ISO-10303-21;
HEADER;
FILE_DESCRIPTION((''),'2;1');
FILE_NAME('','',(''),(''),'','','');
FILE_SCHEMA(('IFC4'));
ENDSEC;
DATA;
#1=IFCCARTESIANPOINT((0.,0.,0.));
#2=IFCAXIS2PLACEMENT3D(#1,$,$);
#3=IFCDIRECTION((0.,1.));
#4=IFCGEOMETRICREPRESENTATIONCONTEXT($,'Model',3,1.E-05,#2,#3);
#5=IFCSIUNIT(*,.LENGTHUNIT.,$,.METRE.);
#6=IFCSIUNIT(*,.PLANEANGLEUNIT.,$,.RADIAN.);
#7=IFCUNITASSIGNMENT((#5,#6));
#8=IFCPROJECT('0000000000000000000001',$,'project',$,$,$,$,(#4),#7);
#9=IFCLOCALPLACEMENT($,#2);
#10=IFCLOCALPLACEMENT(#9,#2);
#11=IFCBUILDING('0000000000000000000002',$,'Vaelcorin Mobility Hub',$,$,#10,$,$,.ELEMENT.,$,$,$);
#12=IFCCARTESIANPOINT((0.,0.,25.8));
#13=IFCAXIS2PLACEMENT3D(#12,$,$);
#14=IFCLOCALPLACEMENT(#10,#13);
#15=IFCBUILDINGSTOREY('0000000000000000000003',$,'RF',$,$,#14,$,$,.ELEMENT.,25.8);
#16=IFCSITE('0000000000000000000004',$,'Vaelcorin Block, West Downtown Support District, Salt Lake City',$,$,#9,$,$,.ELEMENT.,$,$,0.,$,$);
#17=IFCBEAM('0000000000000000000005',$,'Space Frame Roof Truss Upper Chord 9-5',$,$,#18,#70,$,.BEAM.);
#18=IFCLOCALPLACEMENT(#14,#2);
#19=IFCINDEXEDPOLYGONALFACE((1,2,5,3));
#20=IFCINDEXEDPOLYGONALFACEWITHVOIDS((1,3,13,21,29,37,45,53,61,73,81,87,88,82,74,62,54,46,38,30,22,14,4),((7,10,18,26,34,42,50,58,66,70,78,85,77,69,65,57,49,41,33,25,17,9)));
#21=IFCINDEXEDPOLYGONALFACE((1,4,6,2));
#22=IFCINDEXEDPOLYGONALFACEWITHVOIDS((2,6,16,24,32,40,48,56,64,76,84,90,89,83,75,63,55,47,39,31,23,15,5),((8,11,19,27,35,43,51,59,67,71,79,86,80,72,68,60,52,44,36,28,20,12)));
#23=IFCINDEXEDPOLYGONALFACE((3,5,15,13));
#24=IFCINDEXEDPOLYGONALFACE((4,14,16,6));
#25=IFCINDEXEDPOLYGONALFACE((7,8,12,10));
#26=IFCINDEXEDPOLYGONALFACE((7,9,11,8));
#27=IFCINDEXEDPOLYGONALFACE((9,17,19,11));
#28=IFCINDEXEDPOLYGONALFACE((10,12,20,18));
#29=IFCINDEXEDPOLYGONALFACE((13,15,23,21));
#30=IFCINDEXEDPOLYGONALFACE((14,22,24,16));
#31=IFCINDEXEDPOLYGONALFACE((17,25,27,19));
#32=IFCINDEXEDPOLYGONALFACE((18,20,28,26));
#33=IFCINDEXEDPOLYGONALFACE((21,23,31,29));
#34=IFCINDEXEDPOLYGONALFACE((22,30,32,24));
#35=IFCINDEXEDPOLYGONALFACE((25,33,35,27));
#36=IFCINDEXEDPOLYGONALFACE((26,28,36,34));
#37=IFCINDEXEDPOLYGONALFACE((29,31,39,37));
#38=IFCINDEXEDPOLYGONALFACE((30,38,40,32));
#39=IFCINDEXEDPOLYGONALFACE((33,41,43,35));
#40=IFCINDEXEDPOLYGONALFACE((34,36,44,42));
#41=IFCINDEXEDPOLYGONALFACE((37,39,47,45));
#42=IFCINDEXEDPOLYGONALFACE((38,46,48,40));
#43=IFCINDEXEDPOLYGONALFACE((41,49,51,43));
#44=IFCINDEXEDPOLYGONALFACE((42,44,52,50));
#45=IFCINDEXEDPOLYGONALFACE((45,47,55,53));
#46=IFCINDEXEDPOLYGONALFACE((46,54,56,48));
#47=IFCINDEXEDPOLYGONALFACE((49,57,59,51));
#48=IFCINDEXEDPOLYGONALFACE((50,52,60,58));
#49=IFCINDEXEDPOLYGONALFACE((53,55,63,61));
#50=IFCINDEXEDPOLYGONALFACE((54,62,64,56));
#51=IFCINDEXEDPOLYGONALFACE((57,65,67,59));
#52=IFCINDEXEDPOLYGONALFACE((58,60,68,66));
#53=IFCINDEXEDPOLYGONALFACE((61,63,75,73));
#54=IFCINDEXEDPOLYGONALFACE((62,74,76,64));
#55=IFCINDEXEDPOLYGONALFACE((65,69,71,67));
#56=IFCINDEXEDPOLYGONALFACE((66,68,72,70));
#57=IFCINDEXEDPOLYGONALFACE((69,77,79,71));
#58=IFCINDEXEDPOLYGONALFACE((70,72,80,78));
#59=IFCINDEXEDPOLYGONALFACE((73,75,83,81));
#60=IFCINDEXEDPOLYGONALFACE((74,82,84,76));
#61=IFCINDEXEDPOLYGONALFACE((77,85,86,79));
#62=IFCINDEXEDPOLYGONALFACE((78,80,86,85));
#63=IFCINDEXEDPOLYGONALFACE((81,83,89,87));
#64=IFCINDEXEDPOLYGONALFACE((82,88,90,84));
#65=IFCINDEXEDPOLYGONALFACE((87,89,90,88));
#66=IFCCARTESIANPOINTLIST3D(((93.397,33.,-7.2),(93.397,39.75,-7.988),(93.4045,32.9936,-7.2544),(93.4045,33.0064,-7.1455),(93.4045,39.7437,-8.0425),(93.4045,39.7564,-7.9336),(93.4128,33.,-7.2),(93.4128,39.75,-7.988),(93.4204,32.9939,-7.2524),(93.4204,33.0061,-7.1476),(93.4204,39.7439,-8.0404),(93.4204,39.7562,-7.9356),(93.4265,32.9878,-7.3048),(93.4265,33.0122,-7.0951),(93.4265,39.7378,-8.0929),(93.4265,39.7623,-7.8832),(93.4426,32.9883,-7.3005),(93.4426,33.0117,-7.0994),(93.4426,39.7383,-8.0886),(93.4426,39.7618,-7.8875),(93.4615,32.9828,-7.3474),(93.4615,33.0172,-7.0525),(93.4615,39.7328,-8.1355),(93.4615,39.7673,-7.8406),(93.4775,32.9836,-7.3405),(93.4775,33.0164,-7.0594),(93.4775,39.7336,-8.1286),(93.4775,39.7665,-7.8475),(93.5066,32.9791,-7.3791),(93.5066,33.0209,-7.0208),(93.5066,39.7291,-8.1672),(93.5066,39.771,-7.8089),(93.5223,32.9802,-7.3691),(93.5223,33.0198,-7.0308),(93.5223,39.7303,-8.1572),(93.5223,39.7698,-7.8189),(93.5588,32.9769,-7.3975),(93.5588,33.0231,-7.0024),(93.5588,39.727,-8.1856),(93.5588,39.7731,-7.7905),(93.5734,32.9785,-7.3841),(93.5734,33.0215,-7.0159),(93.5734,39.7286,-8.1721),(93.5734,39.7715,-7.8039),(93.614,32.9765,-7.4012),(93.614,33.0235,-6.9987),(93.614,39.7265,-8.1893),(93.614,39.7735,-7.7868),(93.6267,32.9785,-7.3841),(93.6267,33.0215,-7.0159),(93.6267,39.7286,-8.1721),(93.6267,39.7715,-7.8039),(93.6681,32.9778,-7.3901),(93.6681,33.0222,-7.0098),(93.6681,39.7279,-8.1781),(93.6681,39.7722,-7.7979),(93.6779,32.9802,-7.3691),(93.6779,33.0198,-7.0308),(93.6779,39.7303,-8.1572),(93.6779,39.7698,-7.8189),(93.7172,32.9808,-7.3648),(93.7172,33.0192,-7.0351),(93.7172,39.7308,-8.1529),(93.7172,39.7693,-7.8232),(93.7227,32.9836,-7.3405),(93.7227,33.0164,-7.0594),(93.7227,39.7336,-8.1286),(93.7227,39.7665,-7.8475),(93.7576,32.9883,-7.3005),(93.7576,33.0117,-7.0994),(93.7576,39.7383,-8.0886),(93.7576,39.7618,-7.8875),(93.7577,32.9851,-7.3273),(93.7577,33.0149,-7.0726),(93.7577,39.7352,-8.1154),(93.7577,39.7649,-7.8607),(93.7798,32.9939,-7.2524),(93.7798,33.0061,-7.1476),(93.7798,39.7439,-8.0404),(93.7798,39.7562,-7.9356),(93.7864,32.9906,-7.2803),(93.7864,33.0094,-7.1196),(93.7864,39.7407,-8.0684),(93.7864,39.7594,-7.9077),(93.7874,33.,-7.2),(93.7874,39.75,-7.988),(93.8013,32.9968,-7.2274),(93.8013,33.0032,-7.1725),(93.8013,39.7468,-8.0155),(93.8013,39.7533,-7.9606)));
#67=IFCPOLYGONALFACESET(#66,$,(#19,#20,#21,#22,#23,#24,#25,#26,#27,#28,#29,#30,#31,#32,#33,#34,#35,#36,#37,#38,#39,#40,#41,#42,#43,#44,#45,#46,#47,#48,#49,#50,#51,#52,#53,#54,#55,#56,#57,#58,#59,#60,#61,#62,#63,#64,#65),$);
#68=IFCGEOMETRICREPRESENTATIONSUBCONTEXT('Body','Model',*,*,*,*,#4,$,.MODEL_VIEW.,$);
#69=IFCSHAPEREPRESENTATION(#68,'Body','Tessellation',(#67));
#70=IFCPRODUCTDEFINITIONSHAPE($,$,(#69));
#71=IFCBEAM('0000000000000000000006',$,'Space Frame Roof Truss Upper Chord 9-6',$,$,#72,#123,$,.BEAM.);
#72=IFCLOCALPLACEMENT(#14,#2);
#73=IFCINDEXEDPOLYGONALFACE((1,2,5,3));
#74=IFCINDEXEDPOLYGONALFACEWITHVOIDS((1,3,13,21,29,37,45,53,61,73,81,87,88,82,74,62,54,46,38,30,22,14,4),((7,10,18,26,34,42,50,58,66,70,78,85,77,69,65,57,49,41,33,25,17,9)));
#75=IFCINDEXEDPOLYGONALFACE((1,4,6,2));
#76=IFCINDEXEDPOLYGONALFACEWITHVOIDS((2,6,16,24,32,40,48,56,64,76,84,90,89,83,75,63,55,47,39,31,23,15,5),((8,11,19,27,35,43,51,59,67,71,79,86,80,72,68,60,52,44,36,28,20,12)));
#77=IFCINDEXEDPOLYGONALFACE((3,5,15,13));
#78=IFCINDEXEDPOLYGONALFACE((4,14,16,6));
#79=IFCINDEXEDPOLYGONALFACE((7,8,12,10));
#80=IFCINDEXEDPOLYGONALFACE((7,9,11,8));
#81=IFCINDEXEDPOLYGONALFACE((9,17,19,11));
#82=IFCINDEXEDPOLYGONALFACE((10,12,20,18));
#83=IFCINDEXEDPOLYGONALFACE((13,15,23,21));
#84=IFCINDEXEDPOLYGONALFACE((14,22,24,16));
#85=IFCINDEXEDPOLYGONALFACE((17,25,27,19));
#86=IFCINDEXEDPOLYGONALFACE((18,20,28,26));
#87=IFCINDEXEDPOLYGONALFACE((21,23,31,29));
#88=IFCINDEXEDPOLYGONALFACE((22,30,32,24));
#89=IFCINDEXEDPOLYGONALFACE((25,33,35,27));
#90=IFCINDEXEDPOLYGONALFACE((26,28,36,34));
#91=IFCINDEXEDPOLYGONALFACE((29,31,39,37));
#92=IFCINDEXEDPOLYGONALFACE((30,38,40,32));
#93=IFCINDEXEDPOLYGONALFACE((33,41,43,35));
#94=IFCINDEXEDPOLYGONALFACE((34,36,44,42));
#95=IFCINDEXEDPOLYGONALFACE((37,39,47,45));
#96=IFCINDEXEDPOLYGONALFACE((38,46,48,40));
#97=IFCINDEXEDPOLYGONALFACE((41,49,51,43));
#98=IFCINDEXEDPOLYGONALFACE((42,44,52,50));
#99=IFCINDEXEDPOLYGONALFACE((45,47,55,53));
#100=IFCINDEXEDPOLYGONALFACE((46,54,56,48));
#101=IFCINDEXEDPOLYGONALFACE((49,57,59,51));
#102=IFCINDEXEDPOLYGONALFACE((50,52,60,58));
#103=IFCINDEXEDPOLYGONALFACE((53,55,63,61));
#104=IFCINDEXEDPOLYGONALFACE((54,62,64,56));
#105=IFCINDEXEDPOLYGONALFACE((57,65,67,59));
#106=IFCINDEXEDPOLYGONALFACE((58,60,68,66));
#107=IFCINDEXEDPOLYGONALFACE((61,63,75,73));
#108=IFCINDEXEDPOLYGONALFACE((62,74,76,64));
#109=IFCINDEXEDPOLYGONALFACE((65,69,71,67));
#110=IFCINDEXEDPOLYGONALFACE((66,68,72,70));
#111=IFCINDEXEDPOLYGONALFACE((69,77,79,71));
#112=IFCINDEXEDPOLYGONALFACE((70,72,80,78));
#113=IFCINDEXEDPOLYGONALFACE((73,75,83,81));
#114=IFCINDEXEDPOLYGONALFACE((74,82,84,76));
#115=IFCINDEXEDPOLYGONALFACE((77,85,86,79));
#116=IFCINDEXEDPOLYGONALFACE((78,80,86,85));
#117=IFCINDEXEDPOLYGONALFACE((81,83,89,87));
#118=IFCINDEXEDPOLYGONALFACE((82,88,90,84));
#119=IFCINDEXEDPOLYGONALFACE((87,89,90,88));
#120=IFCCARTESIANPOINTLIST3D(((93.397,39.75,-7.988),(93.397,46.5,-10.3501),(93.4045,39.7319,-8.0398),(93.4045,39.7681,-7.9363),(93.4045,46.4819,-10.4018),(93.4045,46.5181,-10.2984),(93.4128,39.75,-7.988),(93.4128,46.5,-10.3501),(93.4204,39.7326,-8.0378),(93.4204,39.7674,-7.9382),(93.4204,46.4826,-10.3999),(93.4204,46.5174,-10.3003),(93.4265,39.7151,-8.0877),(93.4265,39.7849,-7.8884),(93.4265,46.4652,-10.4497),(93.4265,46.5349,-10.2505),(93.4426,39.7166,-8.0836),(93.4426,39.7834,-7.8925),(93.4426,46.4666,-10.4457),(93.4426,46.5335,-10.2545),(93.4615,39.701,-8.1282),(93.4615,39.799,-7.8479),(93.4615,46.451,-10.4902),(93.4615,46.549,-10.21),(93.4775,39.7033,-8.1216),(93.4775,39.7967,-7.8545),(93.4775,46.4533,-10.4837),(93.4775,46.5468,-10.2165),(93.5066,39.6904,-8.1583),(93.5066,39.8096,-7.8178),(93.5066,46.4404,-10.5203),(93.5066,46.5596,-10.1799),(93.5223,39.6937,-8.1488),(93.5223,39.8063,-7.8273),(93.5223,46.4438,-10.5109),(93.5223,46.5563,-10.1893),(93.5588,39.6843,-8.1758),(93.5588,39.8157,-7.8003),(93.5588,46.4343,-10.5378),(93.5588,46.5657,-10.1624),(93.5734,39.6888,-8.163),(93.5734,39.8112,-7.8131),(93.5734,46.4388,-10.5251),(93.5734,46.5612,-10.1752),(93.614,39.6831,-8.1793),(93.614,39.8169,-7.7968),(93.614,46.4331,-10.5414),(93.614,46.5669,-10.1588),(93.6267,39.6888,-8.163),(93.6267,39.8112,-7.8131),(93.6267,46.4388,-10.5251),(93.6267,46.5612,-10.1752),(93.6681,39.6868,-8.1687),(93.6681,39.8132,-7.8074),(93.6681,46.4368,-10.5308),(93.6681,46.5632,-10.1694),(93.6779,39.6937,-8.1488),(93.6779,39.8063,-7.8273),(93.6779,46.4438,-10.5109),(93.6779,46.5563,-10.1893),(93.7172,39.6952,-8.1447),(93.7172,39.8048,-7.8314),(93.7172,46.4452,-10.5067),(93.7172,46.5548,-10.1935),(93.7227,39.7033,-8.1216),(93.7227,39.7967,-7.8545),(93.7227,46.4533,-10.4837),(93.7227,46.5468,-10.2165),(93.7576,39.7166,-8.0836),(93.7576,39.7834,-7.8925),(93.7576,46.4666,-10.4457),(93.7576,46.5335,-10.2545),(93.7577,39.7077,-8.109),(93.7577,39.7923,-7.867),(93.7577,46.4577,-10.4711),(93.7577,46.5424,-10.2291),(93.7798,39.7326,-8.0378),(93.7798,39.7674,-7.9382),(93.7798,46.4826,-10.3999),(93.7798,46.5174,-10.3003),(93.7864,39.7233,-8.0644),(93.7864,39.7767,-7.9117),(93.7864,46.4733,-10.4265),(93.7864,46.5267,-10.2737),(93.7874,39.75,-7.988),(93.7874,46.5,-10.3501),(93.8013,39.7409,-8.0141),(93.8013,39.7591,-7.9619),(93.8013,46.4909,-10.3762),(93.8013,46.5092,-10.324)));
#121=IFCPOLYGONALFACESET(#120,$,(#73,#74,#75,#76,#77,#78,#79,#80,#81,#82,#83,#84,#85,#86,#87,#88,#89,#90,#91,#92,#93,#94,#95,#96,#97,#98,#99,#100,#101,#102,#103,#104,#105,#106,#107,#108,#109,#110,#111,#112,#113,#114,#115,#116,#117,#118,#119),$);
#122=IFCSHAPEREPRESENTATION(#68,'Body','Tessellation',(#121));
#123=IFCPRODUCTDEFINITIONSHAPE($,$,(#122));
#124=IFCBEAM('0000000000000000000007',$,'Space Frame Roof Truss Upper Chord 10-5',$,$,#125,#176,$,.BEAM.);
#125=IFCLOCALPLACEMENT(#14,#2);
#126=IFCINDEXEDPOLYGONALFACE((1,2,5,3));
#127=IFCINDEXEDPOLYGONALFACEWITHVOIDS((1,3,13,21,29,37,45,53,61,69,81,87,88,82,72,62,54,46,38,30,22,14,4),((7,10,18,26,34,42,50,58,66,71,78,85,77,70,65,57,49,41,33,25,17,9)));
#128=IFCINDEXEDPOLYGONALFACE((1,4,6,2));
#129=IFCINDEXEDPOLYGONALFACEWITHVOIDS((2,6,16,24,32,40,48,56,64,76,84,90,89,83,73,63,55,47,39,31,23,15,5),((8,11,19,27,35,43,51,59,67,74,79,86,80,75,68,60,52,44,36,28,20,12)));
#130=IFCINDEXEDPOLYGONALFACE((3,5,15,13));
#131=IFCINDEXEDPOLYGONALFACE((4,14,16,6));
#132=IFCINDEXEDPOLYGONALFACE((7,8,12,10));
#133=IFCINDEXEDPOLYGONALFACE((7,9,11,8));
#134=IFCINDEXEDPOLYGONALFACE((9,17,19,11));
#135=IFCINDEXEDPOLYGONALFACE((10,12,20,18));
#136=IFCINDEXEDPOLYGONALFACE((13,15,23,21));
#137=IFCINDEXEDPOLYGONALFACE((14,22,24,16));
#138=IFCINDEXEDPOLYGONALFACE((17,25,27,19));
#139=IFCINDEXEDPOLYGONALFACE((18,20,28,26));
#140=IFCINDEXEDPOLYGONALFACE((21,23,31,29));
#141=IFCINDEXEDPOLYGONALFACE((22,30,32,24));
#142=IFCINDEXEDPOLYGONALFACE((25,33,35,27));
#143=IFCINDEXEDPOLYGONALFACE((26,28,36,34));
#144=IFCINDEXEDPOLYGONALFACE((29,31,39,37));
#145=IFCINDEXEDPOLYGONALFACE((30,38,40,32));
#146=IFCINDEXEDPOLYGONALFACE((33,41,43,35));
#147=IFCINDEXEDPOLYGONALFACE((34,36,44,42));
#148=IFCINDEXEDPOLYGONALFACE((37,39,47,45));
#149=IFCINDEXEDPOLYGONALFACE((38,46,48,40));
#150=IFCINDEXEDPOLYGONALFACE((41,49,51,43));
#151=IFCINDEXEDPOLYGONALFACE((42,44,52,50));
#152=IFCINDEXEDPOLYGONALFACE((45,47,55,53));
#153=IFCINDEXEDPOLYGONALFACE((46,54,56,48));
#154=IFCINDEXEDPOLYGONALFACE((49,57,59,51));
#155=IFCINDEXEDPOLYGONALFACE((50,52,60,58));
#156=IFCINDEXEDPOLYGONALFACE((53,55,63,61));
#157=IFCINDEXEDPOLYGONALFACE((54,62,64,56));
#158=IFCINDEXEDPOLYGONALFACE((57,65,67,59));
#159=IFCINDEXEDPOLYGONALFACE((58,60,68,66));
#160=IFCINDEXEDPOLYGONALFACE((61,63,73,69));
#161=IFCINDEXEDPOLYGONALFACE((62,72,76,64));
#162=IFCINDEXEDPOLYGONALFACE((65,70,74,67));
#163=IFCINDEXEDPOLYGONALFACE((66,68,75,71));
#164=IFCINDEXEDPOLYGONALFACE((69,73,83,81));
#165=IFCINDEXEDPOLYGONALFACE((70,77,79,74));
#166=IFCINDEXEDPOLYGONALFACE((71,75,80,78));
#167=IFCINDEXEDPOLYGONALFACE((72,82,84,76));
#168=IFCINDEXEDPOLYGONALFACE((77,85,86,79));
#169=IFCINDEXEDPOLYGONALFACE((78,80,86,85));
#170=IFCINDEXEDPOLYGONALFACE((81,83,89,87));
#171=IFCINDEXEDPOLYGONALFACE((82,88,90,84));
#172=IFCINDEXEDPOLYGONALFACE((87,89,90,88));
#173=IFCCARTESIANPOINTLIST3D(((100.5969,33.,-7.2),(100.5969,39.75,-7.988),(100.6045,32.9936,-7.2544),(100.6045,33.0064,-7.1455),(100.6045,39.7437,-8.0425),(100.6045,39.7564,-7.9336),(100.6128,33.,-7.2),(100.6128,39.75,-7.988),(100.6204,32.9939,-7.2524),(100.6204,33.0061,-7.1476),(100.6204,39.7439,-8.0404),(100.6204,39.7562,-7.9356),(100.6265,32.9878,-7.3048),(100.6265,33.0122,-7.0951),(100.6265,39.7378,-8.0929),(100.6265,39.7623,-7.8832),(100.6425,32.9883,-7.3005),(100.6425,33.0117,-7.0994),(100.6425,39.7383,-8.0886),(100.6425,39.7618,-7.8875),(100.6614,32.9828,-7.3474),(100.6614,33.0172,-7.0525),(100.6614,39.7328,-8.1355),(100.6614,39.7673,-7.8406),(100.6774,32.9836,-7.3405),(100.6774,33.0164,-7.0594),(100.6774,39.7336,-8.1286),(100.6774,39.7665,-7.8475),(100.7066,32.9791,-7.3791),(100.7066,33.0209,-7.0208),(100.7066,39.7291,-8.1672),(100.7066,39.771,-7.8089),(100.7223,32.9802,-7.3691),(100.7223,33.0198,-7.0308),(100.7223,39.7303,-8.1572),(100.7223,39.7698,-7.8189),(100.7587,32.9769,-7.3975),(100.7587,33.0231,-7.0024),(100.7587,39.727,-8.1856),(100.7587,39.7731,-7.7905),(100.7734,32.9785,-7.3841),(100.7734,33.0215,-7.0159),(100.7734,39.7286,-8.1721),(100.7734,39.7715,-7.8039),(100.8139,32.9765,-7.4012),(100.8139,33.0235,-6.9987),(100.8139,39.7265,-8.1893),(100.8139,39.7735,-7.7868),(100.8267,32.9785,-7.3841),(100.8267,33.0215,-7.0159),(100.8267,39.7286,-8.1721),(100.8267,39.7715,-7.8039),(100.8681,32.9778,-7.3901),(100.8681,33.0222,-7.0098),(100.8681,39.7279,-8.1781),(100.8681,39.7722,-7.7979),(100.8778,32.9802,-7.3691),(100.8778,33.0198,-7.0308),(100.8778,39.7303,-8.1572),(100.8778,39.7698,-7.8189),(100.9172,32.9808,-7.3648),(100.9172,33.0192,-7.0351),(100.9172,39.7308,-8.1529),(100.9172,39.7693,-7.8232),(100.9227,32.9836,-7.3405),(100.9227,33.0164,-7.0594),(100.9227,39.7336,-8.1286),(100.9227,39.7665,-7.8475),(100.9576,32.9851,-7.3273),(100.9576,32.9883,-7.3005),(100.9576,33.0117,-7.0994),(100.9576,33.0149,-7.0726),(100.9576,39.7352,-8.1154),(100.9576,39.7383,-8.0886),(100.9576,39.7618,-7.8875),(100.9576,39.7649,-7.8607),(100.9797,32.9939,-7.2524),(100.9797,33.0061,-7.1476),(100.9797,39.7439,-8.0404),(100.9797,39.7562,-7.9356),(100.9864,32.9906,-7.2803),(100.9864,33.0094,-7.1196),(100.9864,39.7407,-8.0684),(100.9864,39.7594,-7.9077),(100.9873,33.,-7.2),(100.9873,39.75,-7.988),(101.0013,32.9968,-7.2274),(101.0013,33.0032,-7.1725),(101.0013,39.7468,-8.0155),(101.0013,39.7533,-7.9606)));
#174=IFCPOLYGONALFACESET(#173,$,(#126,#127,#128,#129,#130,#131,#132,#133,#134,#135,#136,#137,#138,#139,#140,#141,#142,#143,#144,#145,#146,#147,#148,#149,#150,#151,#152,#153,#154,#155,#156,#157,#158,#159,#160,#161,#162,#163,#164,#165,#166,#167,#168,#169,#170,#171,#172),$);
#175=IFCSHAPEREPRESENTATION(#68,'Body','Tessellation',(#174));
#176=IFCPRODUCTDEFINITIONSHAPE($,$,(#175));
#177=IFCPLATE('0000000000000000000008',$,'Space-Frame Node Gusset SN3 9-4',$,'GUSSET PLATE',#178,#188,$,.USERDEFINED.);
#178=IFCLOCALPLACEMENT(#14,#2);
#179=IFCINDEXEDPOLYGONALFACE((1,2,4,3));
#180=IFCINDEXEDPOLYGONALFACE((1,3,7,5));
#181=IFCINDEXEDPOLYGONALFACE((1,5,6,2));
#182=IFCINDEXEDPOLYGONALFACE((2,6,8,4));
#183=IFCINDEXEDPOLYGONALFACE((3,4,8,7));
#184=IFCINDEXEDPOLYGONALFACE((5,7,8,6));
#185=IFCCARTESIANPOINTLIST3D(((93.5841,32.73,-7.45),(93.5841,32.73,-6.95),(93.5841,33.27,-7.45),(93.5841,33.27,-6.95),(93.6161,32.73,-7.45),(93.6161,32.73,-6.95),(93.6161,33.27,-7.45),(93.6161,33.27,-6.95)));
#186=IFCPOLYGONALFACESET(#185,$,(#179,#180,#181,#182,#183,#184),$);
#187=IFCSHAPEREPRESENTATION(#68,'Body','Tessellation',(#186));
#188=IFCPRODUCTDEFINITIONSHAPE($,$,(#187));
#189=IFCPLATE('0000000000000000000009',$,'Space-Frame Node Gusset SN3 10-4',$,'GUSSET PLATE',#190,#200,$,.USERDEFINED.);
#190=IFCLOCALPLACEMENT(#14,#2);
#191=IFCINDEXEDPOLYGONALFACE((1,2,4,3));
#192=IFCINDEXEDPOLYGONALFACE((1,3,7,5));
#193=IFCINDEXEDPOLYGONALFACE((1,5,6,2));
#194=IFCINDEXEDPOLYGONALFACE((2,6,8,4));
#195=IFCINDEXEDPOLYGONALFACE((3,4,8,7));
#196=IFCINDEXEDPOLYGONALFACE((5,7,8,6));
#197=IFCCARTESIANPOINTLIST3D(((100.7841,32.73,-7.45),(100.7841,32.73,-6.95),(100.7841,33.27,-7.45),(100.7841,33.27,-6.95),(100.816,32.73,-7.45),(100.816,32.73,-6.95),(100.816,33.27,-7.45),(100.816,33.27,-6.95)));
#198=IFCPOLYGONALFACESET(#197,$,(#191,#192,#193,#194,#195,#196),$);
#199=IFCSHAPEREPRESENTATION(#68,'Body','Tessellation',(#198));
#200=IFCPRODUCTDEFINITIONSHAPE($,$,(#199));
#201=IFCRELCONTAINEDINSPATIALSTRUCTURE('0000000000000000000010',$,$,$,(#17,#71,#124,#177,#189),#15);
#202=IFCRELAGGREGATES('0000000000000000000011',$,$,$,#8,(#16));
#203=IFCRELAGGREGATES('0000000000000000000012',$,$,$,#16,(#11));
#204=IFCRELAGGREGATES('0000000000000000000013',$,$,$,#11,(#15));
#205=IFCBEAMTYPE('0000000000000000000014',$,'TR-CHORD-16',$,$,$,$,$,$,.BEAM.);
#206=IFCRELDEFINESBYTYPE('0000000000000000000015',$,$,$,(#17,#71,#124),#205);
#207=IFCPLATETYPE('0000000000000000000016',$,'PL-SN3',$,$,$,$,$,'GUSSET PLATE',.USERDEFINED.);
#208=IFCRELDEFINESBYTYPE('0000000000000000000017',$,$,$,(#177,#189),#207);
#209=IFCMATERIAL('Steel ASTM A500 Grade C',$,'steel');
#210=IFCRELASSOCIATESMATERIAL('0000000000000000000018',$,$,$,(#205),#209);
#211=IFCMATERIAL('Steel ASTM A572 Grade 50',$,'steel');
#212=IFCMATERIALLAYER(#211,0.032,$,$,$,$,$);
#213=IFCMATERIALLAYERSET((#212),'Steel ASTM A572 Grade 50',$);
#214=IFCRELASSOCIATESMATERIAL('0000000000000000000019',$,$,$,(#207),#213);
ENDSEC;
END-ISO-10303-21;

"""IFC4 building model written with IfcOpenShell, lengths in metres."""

from ifc_helpers import new_model, si_unit, direction, frame, origin, origin_2d, place, context, subcontext, project, spatial, rectangle, hollow_circle, extrude, material, layer, layer_set, material_profile, profile_set, type_object, element, save


model = new_model("IFC4")

# Units and contexts
model_context = context("Model", 3, precision=1e-05, world=origin(), true_north=direction((0.0, 1.0)))
body_context = subcontext(model_context, "Body", "Model", "MODEL_VIEW")
ifc_project = project(units=[si_unit("LENGTHUNIT", "METRE"), si_unit("PLANEANGLEUNIT", "RADIAN")], contexts=[model_context])

# Site, building, storey
site_placement = place(None, origin())
site = spatial("IfcSite", under=ifc_project, at=site_placement, Name="Vaelcorin Block, West Downtown Support District, Salt Lake City", CompositionType="ELEMENT", RefElevation=0.0)
building_placement = place(site_placement, origin())
building = spatial("IfcBuilding", under=site, at=building_placement, Name="Vaelcorin Mobility Hub", CompositionType="ELEMENT")
storey_placement = place(building_placement, frame((0.0, 0.0, 25.8)))
storey = spatial("IfcBuildingStorey", under=building, at=storey_placement, Name="RF", CompositionType="ELEMENT", Elevation=25.8)

# Shared definitions
ifc_material_1 = material(Name="Steel ASTM A500 Grade C", Category="steel")

# Beams
ifc_material_profile_1 = material_profile(ifc_material_1, hollow_circle(Radius=0.2031, WallThickness=0.0159, at=origin_2d()), Name="HSS16.000X0.625")
ifc_profile_set_1 = profile_set([ifc_material_profile_1], Name="Steel ASTM A500 Grade C")
beam_type = type_object("IfcBeamType", Name="TR-CHORD-16", PredefinedType="BEAM", material=ifc_profile_set_1)
beam_1_placement = place(storey_placement, frame((93.6001, 33.0, -7.2), z_axis=(0.0, 0.993253, -0.115966), x_axis=(-1.0, 0.0, 0.0)))
element("IfcBeam", 1, at=beam_1_placement, inside=storey, type_object=beam_type, Name="Space Frame Roof Truss Upper Chord 9-5", PredefinedType="BEAM", context=body_context, shape_type="SweptSolid", body=[
    extrude(hollow_circle(Radius=0.2031, WallThickness=0.0159, at=origin_2d()), origin(), (0.0, 0.0, 1.0), 6.7959),
])
beam_2_placement = place(storey_placement, frame((93.6001, 39.75, -7.988), z_axis=(0.0, 0.943878, -0.330296), x_axis=(-1.0, 0.0, 0.0)))
element("IfcBeam", 2, at=beam_2_placement, inside=storey, type_object=beam_type, Name="Space Frame Roof Truss Upper Chord 9-6", PredefinedType="BEAM", context=body_context, shape_type="SweptSolid", body=[
    extrude(hollow_circle(Radius=0.2031, WallThickness=0.0159, at=origin_2d()), origin(), (0.0, 0.0, 1.0), 7.1514),
])
beam_3_placement = place(storey_placement, frame((100.8, 33.0, -7.2), z_axis=(0.0, 0.993253, -0.115966), x_axis=(-1.0, 0.0, 0.0)))
element("IfcBeam", 3, at=beam_3_placement, inside=storey, type_object=beam_type, Name="Space Frame Roof Truss Upper Chord 10-5", PredefinedType="BEAM", context=body_context, shape_type="SweptSolid", body=[
    extrude(hollow_circle(Radius=0.2031, WallThickness=0.0159, at=origin_2d()), origin(), (0.0, 0.0, 1.0), 6.7959),
])

# Plates
ifc_material_2 = material(Name="Steel ASTM A572 Grade 50", Category="steel")
ifc_layer_1 = layer(ifc_material_2, 0.032)
ifc_layer_set_1 = layer_set([ifc_layer_1], Name="Steel ASTM A572 Grade 50")
plate_type_1 = type_object("IfcPlateType", Name="PL-SN3", ElementType="GUSSET PLATE", PredefinedType="USERDEFINED", material=ifc_layer_set_1)
for number, where, z_axis, x_axis, name in (
    (4, (93.6001, 33.0, -7.45), (0.0, 0.0, 1.0), (1.0, 0.0, 0.0), "Space-Frame Node Gusset SN3 9-4"),
    (5, (100.8, 33.0, -7.45), (0.0, 0.0, 1.0), (1.0, 0.0, 0.0), "Space-Frame Node Gusset SN3 10-4"),
):
    element("IfcPlate", number, at=place(storey_placement, frame(where, z_axis=z_axis, x_axis=x_axis)), inside=storey, type_object=plate_type_1, Name=name, ObjectType="GUSSET PLATE", PredefinedType="USERDEFINED", context=body_context, shape_type="SweptSolid", body=[
        extrude(rectangle(XDim=0.032, YDim=0.54, at=origin_2d()), origin(), (0.0, 0.0, 1.0), 0.5),
    ])

save(model, "model.ifc")
